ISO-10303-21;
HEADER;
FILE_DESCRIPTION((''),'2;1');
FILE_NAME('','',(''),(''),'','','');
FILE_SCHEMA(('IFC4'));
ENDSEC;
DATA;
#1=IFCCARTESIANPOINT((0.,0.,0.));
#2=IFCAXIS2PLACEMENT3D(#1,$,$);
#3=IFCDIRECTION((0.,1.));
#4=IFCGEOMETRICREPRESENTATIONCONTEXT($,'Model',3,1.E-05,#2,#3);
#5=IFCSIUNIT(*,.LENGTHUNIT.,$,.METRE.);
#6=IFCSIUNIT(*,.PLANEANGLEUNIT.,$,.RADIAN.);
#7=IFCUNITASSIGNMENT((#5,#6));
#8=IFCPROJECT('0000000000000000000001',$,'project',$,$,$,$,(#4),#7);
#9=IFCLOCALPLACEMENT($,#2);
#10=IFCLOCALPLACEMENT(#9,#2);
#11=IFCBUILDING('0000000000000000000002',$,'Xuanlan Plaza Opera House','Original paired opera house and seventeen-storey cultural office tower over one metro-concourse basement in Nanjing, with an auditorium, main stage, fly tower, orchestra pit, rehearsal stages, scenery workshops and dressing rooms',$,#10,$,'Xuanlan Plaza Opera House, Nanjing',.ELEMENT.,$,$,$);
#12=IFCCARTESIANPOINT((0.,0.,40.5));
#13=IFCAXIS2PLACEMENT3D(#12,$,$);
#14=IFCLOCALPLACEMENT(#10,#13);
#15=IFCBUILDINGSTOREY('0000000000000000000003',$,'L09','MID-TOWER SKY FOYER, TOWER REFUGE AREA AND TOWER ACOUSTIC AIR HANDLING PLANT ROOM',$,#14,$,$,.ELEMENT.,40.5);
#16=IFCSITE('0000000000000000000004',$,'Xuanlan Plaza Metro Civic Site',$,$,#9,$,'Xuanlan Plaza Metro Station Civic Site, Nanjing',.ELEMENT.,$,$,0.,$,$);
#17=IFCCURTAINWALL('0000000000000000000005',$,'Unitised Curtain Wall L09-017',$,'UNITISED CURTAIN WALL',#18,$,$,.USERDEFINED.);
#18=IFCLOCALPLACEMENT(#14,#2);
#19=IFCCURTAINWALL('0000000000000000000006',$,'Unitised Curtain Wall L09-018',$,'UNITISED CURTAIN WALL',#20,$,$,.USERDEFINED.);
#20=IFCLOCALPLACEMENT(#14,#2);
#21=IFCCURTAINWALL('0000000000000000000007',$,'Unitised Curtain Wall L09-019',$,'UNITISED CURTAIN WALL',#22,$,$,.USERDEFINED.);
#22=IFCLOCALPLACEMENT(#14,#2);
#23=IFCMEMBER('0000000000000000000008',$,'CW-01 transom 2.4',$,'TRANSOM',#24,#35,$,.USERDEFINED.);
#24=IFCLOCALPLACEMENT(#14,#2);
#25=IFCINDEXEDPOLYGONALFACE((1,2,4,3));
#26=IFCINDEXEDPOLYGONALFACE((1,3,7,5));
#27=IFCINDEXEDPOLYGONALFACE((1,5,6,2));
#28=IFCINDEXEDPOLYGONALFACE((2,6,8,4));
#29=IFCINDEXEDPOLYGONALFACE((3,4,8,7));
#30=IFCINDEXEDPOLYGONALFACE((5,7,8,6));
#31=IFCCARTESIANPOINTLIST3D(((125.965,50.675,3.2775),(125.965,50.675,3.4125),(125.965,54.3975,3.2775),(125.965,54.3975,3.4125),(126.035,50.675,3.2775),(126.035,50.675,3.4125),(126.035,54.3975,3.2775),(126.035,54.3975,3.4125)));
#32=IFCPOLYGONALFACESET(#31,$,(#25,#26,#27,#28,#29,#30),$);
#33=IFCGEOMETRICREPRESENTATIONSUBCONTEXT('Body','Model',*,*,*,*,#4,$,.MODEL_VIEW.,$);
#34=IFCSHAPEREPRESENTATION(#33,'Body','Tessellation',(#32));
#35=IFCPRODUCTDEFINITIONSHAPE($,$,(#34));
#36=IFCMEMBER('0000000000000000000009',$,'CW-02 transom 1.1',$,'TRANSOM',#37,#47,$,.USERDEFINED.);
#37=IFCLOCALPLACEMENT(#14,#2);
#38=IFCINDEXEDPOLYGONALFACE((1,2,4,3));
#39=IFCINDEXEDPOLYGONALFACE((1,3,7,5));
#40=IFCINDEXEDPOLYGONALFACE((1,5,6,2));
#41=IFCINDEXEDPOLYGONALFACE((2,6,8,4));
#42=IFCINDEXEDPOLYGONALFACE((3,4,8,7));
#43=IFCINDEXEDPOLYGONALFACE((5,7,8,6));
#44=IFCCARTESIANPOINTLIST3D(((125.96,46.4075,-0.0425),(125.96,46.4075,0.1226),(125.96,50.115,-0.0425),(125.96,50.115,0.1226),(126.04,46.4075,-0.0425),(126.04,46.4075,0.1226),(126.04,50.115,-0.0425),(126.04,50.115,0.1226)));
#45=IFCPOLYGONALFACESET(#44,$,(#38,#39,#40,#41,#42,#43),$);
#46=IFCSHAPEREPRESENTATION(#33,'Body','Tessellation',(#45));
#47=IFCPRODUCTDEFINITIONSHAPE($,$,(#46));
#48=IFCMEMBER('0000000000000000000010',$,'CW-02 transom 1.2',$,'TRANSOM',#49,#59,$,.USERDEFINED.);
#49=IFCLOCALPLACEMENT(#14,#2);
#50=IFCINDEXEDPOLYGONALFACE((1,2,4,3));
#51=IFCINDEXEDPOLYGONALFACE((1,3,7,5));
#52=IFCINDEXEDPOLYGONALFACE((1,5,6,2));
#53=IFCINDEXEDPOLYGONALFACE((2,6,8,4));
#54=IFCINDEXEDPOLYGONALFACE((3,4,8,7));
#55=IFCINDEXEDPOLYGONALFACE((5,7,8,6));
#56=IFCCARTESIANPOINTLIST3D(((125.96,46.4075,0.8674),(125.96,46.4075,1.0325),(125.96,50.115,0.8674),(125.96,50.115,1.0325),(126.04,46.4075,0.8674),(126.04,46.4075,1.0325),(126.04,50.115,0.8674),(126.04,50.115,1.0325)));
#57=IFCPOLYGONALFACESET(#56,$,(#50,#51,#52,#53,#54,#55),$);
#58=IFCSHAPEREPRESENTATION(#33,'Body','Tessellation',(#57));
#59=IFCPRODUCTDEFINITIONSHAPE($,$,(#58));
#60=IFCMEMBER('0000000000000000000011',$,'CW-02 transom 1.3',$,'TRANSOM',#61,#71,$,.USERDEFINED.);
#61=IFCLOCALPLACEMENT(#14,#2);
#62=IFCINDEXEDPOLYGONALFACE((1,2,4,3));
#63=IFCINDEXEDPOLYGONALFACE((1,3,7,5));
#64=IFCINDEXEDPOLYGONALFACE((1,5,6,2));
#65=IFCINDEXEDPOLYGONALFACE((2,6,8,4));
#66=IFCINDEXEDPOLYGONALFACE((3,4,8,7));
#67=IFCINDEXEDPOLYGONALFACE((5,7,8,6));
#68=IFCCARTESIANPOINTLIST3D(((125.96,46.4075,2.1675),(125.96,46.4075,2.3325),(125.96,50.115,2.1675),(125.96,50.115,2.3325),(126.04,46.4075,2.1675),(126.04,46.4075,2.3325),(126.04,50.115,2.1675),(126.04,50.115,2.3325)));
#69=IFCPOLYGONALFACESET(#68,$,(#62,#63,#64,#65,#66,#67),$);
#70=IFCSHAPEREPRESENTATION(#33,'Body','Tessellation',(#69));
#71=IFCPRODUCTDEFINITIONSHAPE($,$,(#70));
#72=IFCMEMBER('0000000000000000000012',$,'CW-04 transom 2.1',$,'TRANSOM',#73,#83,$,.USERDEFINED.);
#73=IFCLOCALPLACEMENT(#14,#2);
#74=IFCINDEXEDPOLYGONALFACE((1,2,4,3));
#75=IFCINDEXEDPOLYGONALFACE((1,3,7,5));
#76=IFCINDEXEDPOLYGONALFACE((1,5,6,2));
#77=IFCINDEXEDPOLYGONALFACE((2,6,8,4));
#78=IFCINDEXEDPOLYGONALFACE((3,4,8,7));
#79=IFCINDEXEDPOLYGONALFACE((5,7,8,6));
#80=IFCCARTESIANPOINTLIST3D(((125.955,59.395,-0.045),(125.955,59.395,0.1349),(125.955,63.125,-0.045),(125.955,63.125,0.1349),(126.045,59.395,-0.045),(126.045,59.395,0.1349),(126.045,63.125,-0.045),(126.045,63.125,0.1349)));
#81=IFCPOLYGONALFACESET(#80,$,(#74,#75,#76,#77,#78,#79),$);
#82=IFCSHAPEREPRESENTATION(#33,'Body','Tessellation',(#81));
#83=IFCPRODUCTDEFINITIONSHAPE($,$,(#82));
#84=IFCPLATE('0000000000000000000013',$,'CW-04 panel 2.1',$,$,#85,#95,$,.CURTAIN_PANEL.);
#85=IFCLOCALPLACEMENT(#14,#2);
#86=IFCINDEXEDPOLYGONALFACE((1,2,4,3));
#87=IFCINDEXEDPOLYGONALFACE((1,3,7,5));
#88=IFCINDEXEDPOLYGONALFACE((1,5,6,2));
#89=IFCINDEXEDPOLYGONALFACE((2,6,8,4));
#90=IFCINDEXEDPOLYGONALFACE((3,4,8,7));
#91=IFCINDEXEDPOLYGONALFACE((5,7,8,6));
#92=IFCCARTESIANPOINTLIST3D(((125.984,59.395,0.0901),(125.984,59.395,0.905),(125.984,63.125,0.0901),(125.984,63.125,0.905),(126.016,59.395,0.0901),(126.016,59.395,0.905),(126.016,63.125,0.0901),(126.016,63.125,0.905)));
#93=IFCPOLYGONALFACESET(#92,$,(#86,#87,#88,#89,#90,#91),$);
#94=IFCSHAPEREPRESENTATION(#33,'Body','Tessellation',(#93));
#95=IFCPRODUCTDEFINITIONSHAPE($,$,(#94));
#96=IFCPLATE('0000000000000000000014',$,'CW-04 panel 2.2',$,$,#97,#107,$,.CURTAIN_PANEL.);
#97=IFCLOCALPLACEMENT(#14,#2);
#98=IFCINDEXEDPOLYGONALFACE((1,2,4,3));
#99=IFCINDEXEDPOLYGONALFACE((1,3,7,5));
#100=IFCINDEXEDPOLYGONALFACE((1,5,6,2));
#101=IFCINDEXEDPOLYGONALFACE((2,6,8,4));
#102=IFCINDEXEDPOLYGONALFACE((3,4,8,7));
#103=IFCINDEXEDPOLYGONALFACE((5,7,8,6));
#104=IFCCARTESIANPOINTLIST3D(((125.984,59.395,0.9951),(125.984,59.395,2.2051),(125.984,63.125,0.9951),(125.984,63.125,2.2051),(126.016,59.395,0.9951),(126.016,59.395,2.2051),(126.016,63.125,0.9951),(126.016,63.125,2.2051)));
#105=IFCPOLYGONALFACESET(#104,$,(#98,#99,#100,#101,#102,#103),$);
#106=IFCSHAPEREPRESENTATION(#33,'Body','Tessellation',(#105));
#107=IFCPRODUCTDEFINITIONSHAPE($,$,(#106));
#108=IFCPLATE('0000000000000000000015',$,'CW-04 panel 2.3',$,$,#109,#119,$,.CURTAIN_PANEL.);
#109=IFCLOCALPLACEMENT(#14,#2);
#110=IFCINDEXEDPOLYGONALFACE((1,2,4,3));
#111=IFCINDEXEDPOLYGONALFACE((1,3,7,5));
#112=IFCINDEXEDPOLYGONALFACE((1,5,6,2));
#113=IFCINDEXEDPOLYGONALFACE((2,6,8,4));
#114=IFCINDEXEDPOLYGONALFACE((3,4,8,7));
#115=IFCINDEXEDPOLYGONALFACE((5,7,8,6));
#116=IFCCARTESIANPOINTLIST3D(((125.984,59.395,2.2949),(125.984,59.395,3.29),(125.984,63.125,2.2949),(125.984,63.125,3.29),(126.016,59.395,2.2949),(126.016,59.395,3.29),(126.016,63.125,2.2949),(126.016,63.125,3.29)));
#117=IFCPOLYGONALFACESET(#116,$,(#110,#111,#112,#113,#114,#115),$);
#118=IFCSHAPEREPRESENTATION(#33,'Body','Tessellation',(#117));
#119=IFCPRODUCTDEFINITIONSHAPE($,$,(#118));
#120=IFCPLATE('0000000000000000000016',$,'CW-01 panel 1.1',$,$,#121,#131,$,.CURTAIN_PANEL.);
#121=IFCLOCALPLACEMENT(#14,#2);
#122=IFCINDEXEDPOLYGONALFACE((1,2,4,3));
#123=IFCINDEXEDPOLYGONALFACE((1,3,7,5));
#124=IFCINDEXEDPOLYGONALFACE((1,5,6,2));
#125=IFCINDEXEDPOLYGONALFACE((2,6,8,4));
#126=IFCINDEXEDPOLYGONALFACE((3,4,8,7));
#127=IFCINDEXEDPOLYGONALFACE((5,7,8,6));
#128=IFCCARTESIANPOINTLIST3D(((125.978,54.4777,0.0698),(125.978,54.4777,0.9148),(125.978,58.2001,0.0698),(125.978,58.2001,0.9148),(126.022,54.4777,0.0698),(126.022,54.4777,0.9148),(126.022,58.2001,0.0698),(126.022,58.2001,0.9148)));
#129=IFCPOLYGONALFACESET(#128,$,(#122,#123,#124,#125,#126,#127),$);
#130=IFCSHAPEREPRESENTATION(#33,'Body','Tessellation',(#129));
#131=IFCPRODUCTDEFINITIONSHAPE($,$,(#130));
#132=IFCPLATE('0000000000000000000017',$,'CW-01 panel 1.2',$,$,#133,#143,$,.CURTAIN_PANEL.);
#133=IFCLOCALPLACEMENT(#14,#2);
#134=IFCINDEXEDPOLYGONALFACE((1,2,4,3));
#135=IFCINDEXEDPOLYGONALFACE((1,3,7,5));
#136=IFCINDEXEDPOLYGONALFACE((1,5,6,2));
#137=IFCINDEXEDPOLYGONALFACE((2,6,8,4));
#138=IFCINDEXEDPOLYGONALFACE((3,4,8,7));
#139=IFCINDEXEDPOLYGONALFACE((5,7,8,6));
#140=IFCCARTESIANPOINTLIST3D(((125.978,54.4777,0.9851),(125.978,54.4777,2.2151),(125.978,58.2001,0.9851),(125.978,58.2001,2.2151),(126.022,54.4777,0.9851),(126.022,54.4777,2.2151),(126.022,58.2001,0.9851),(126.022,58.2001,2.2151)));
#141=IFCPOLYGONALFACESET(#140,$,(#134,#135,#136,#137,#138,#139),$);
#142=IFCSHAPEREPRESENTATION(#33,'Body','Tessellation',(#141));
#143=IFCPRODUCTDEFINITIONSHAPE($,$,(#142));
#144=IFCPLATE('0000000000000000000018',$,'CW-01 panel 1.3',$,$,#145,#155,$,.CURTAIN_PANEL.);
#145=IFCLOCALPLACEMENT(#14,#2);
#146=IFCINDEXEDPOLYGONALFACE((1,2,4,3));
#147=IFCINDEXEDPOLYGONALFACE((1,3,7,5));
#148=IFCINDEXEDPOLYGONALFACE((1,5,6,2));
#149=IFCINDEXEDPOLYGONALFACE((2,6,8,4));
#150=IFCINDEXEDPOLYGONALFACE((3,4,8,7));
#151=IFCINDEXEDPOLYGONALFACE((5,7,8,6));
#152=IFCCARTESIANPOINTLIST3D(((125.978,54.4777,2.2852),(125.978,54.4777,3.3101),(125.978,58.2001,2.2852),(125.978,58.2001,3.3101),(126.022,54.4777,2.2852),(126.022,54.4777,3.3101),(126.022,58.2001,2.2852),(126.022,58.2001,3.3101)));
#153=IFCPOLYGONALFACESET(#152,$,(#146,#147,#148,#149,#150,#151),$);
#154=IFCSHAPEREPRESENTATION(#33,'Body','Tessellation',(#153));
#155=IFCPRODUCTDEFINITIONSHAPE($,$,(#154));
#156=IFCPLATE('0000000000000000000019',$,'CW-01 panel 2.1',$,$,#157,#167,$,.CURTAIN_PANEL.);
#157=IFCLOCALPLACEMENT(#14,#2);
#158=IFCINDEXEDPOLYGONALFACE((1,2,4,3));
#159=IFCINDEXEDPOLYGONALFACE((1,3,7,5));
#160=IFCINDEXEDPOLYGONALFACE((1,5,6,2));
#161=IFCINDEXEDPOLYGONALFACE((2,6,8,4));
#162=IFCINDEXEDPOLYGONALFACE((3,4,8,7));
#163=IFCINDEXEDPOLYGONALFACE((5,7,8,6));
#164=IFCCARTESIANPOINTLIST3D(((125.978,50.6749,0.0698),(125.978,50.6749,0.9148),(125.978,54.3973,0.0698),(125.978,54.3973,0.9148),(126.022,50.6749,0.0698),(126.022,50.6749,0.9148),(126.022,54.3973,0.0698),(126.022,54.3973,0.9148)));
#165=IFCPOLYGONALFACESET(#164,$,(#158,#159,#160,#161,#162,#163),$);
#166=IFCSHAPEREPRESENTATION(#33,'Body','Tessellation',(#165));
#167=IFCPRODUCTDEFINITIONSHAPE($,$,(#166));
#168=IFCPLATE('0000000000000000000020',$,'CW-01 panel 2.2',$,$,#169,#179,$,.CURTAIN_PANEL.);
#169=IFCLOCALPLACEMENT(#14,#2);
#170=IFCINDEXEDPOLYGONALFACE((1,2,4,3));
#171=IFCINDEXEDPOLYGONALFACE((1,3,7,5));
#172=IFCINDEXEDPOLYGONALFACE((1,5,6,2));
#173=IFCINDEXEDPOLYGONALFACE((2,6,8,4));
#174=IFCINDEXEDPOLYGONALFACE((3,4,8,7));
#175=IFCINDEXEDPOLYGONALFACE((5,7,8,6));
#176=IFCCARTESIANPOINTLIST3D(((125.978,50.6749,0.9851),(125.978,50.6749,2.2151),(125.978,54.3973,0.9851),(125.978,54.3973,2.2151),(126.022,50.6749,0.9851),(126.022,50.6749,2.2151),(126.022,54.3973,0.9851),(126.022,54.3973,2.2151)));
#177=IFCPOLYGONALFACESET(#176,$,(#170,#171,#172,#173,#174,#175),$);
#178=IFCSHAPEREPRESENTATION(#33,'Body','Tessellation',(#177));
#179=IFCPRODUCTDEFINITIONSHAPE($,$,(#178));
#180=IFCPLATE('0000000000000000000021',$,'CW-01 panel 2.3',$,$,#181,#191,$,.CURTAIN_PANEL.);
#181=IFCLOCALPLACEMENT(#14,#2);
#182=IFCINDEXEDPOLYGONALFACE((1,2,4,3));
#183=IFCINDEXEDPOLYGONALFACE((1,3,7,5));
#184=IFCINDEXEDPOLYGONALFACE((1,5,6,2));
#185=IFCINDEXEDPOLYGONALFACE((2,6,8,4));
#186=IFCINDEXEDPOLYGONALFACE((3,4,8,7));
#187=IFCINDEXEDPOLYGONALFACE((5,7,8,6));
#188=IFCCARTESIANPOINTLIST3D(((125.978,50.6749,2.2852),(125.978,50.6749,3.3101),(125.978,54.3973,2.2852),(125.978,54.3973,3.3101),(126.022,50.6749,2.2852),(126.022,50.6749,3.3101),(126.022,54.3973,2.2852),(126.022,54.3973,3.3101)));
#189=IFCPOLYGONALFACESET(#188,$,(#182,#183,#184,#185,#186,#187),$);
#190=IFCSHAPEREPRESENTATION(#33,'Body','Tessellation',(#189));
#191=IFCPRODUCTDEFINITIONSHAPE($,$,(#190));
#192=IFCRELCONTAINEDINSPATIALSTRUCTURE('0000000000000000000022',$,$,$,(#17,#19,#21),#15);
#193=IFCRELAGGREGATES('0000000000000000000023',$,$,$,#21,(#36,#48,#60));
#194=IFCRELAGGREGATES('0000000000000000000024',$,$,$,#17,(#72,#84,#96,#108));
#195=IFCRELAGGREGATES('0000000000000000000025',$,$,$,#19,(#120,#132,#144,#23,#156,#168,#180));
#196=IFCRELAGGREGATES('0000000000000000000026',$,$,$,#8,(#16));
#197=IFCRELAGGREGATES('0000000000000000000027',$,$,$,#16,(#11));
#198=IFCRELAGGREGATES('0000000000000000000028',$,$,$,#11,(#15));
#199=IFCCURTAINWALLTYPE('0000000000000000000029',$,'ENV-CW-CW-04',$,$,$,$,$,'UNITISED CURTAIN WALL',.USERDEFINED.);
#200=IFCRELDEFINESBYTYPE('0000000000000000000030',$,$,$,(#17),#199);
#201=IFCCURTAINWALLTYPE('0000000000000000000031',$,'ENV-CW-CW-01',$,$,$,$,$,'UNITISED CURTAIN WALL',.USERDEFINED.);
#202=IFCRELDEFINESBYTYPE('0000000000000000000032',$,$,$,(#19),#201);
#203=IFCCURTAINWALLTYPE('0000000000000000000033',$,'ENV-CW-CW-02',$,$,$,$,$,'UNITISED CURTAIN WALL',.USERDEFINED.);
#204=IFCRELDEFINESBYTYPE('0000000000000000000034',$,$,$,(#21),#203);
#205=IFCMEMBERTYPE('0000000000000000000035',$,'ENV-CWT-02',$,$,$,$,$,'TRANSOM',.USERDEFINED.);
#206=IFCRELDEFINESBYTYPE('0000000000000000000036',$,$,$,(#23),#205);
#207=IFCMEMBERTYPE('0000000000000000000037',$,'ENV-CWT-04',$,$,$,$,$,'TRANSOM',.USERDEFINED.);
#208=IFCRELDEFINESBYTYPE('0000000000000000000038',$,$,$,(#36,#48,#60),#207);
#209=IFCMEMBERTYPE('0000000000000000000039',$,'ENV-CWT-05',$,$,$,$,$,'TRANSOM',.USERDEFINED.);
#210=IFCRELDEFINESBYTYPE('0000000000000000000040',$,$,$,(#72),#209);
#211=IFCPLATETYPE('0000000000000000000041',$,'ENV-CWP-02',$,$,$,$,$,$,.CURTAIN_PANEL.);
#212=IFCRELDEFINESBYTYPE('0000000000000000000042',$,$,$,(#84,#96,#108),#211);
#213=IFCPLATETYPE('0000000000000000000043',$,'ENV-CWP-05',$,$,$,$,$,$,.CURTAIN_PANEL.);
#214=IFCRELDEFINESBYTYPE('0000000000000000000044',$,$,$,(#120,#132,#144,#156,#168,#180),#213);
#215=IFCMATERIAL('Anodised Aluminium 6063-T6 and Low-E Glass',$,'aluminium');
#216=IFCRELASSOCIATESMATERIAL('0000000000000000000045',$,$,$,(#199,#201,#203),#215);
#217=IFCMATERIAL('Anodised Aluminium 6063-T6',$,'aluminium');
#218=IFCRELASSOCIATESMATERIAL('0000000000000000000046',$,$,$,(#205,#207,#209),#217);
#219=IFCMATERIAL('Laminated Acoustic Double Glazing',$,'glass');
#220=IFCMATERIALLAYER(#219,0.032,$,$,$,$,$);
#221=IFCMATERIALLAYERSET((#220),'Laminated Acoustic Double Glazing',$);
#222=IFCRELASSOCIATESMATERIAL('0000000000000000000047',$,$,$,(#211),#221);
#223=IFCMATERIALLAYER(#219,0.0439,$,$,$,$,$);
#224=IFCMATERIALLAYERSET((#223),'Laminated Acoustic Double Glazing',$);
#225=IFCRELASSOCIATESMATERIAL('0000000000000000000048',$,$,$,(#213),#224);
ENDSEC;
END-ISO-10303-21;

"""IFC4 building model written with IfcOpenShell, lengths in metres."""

from ifc_helpers import new_model, si_unit, direction, frame, origin, origin_2d, place, context, subcontext, project, spatial, rectangle, extrude, material, layer, layer_set, material_profile, profile_set, type_object, element, aggregate, save


model = new_model("IFC4")

# Units and contexts
model_context = context("Model", 3, precision=1e-05, world=origin(), true_north=direction((0.0, 1.0)))
body_context = subcontext(model_context, "Body", "Model", "MODEL_VIEW")
ifc_project = project(units=[si_unit("LENGTHUNIT", "METRE"), si_unit("PLANEANGLEUNIT", "RADIAN")], contexts=[model_context])

# Site, building, storey
site_placement = place(None, origin())
site = spatial("IfcSite", under=ifc_project, at=site_placement, Name="Xuanlan Plaza Metro Civic Site", LongName="Xuanlan Plaza Metro Station Civic Site, Nanjing", CompositionType="ELEMENT", RefElevation=0.0)
building_placement = place(site_placement, origin())
building = spatial("IfcBuilding", under=site, at=building_placement, Name="Xuanlan Plaza Opera House", Description="Original paired opera house and seventeen-storey cultural office tower over one metro-concourse basement in Nanjing, with an auditorium, main stage, fly tower, orchestra pit, rehearsal stages, scenery workshops and dressing rooms", LongName="Xuanlan Plaza Opera House, Nanjing", CompositionType="ELEMENT")
storey_placement = place(building_placement, frame((0.0, 0.0, 40.5)))
storey = spatial("IfcBuildingStorey", under=building, at=storey_placement, Name="L09", Description="MID-TOWER SKY FOYER, TOWER REFUGE AREA AND TOWER ACOUSTIC AIR HANDLING PLANT ROOM", CompositionType="ELEMENT", Elevation=40.5)

# Curtain wall
ifc_material_1 = material(Name="Anodised Aluminium 6063-T6 and Low-E Glass", Category="aluminium")
curtain_wall_type_1 = type_object("IfcCurtainWallType", Name="ENV-CW-CW-04", ElementType="UNITISED CURTAIN WALL", PredefinedType="USERDEFINED", material=ifc_material_1)
curtain_wall_1_placement = place(storey_placement, origin())
curtain_wall_1 = element("IfcCurtainWall", 1, at=curtain_wall_1_placement, inside=storey, type_object=curtain_wall_type_1, Name="Unitised Curtain Wall L09-017", ObjectType="UNITISED CURTAIN WALL", PredefinedType="USERDEFINED")
ifc_material_2 = material(Name="Anodised Aluminium 6063-T6", Category="aluminium")

# Curtain walls
curtain_wall_type_2 = type_object("IfcCurtainWallType", Name="ENV-CW-CW-01", ElementType="UNITISED CURTAIN WALL", PredefinedType="USERDEFINED", material=ifc_material_1)
curtain_wall_2_placement = place(storey_placement, origin())
curtain_wall_2 = element("IfcCurtainWall", 2, at=curtain_wall_2_placement, inside=storey, type_object=curtain_wall_type_2, Name="Unitised Curtain Wall L09-018", ObjectType="UNITISED CURTAIN WALL", PredefinedType="USERDEFINED")
curtain_wall_type_3 = type_object("IfcCurtainWallType", Name="ENV-CW-CW-02", ElementType="UNITISED CURTAIN WALL", PredefinedType="USERDEFINED", material=ifc_material_1)
curtain_wall_3_placement = place(storey_placement, origin())
curtain_wall_3 = element("IfcCurtainWall", 3, at=curtain_wall_3_placement, inside=storey, type_object=curtain_wall_type_3, Name="Unitised Curtain Wall L09-019", ObjectType="UNITISED CURTAIN WALL", PredefinedType="USERDEFINED")

# Members
ifc_material_profile_1 = material_profile(ifc_material_2, rectangle(XDim=0.0701, YDim=0.135, at=origin_2d()), Name="ALU-T 70x135")
ifc_profile_set_1 = profile_set([ifc_material_profile_1], Name="Anodised Aluminium 6063-T6")
member_type_1 = type_object("IfcMemberType", Name="ENV-CWT-02", ElementType="TRANSOM", PredefinedType="USERDEFINED", material=ifc_profile_set_1)
member_1_placement = place(storey_placement, frame((126.0, 54.3975, 3.345), z_axis=(0.0, -1.0, 0.0), x_axis=(1.0, 0.0, 0.0)))
member_1 = element("IfcMember", 4, at=member_1_placement, type_object=member_type_1, Name="CW-01 transom 2.4", ObjectType="TRANSOM", PredefinedType="USERDEFINED", context=body_context, shape_type="SweptSolid", body=[
    extrude(rectangle(XDim=0.0701, YDim=0.135, at=origin_2d()), origin(), (0.0, 0.0, 1.0), 3.7224),
])
ifc_material_profile_2 = material_profile(ifc_material_2, rectangle(XDim=0.0801, YDim=0.165, at=origin_2d()), Name="ALU-T 80x165")
ifc_profile_set_2 = profile_set([ifc_material_profile_2], Name="Anodised Aluminium 6063-T6")
member_type_2 = type_object("IfcMemberType", Name="ENV-CWT-04", ElementType="TRANSOM", PredefinedType="USERDEFINED", material=ifc_profile_set_2)
member_2_placement = place(storey_placement, frame((126.0, 50.115, 0.04), z_axis=(0.0, -1.0, 0.0), x_axis=(1.0, 0.0, 0.0)))
member_2 = element("IfcMember", 5, at=member_2_placement, type_object=member_type_2, Name="CW-02 transom 1.1", ObjectType="TRANSOM", PredefinedType="USERDEFINED", context=body_context, shape_type="SweptSolid", body=[
    extrude(rectangle(XDim=0.0801, YDim=0.165, at=origin_2d()), origin(), (0.0, 0.0, 1.0), 3.7075),
])
member_3_placement = place(storey_placement, frame((126.0, 50.115, 0.95), z_axis=(0.0, -1.0, 0.0), x_axis=(1.0, 0.0, 0.0)))
member_3 = element("IfcMember", 6, at=member_3_placement, type_object=member_type_2, Name="CW-02 transom 1.2", ObjectType="TRANSOM", PredefinedType="USERDEFINED", context=body_context, shape_type="SweptSolid", body=[
    extrude(rectangle(XDim=0.0801, YDim=0.165, at=origin_2d()), origin(), (0.0, 0.0, 1.0), 3.7075),
])
member_4_placement = place(storey_placement, frame((126.0, 50.115, 2.25), z_axis=(0.0, -1.0, 0.0), x_axis=(1.0, 0.0, 0.0)))
member_4 = element("IfcMember", 7, at=member_4_placement, type_object=member_type_2, Name="CW-02 transom 1.3", ObjectType="TRANSOM", PredefinedType="USERDEFINED", context=body_context, shape_type="SweptSolid", body=[
    extrude(rectangle(XDim=0.0801, YDim=0.165, at=origin_2d()), origin(), (0.0, 0.0, 1.0), 3.7075),
])
aggregate(curtain_wall_3, [member_2, member_3, member_4])
ifc_material_profile_3 = material_profile(ifc_material_2, rectangle(XDim=0.0901, YDim=0.1799, at=origin_2d()), Name="ALU-T 90x180")
ifc_profile_set_3 = profile_set([ifc_material_profile_3], Name="Anodised Aluminium 6063-T6")
member_type_3 = type_object("IfcMemberType", Name="ENV-CWT-05", ElementType="TRANSOM", PredefinedType="USERDEFINED", material=ifc_profile_set_3)
member_5_placement = place(storey_placement, frame((126.0, 63.125, 0.0449), z_axis=(0.0, -1.0, 0.0), x_axis=(1.0, 0.0, 0.0)))
member_5 = element("IfcMember", 8, at=member_5_placement, type_object=member_type_3, Name="CW-04 transom 2.1", ObjectType="TRANSOM", PredefinedType="USERDEFINED", context=body_context, shape_type="SweptSolid", body=[
    extrude(rectangle(XDim=0.0901, YDim=0.1799, at=origin_2d()), origin(), (0.0, 0.0, 1.0), 3.73),
])

# Plates
ifc_material_3 = material(Name="Laminated Acoustic Double Glazing", Category="glass")
ifc_layer_1 = layer(ifc_material_3, 0.032)
ifc_layer_set_1 = layer_set([ifc_layer_1], Name="Laminated Acoustic Double Glazing")
plate_type_1 = type_object("IfcPlateType", Name="ENV-CWP-02", PredefinedType="CURTAIN_PANEL", material=ifc_layer_set_1)
plate_1_placement = place(storey_placement, frame((126.0, 61.26, 0.0901), z_axis=(0.0, 0.0, 1.0), x_axis=(0.0, -1.0, 0.0)))
plate_1 = element("IfcPlate", 9, at=plate_1_placement, type_object=plate_type_1, Name="CW-04 panel 2.1", PredefinedType="CURTAIN_PANEL", context=body_context, shape_type="SweptSolid", body=[
    extrude(rectangle(XDim=3.73, YDim=0.032, at=origin_2d()), origin(), (0.0, 0.0, 1.0), 0.8149),
])
plate_2_placement = place(storey_placement, frame((126.0, 61.26, 0.9951), z_axis=(0.0, 0.0, 1.0), x_axis=(0.0, -1.0, 0.0)))
plate_2 = element("IfcPlate", 10, at=plate_2_placement, type_object=plate_type_1, Name="CW-04 panel 2.2", PredefinedType="CURTAIN_PANEL", context=body_context, shape_type="SweptSolid", body=[
    extrude(rectangle(XDim=3.73, YDim=0.032, at=origin_2d()), origin(), (0.0, 0.0, 1.0), 1.21),
])
plate_3_placement = place(storey_placement, frame((126.0, 61.26, 2.2949), z_axis=(0.0, 0.0, 1.0), x_axis=(0.0, -1.0, 0.0)))
plate_3 = element("IfcPlate", 11, at=plate_3_placement, type_object=plate_type_1, Name="CW-04 panel 2.3", PredefinedType="CURTAIN_PANEL", context=body_context, shape_type="SweptSolid", body=[
    extrude(rectangle(XDim=3.73, YDim=0.032, at=origin_2d()), origin(), (0.0, 0.0, 1.0), 0.9951),
])
aggregate(curtain_wall_1, [member_5, plate_1, plate_2, plate_3])
ifc_layer_2 = layer(ifc_material_3, 0.0439)
ifc_layer_set_2 = layer_set([ifc_layer_2], Name="Laminated Acoustic Double Glazing")
plate_type_2 = type_object("IfcPlateType", Name="ENV-CWP-05", PredefinedType="CURTAIN_PANEL", material=ifc_layer_set_2)
plate_4_placement = place(storey_placement, frame((126.0, 56.3389, 0.0698), z_axis=(0.0, 0.0, 1.0), x_axis=(0.0, -1.0, 0.0)))
plate_4 = element("IfcPlate", 12, at=plate_4_placement, type_object=plate_type_2, Name="CW-01 panel 1.1", PredefinedType="CURTAIN_PANEL", context=body_context, shape_type="SweptSolid", body=[
    extrude(rectangle(XDim=3.7224, YDim=0.0439, at=origin_2d()), origin(), (0.0, 0.0, 1.0), 0.845),
])
plate_5_placement = place(storey_placement, frame((126.0, 56.3389, 0.9851), z_axis=(0.0, 0.0, 1.0), x_axis=(0.0, -1.0, 0.0)))
plate_5 = element("IfcPlate", 13, at=plate_5_placement, type_object=plate_type_2, Name="CW-01 panel 1.2", PredefinedType="CURTAIN_PANEL", context=body_context, shape_type="SweptSolid", body=[
    extrude(rectangle(XDim=3.7224, YDim=0.0439, at=origin_2d()), origin(), (0.0, 0.0, 1.0), 1.23),
])
plate_6_placement = place(storey_placement, frame((126.0, 56.3389, 2.2852), z_axis=(0.0, 0.0, 1.0), x_axis=(0.0, -1.0, 0.0)))
plate_6 = element("IfcPlate", 14, at=plate_6_placement, type_object=plate_type_2, Name="CW-01 panel 1.3", PredefinedType="CURTAIN_PANEL", context=body_context, shape_type="SweptSolid", body=[
    extrude(rectangle(XDim=3.7224, YDim=0.0439, at=origin_2d()), origin(), (0.0, 0.0, 1.0), 1.0249),
])
plate_7_placement = place(storey_placement, frame((126.0, 52.5361, 0.0698), z_axis=(0.0, 0.0, 1.0), x_axis=(0.0, -1.0, 0.0)))
plate_7 = element("IfcPlate", 15, at=plate_7_placement, type_object=plate_type_2, Name="CW-01 panel 2.1", PredefinedType="CURTAIN_PANEL", context=body_context, shape_type="SweptSolid", body=[
    extrude(rectangle(XDim=3.7224, YDim=0.0439, at=origin_2d()), origin(), (0.0, 0.0, 1.0), 0.845),
])
plate_8_placement = place(storey_placement, frame((126.0, 52.5361, 0.9851), z_axis=(0.0, 0.0, 1.0), x_axis=(0.0, -1.0, 0.0)))
plate_8 = element("IfcPlate", 16, at=plate_8_placement, type_object=plate_type_2, Name="CW-01 panel 2.2", PredefinedType="CURTAIN_PANEL", context=body_context, shape_type="SweptSolid", body=[
    extrude(rectangle(XDim=3.7224, YDim=0.0439, at=origin_2d()), origin(), (0.0, 0.0, 1.0), 1.23),
])
plate_9_placement = place(storey_placement, frame((126.0, 52.5361, 2.2852), z_axis=(0.0, 0.0, 1.0), x_axis=(0.0, -1.0, 0.0)))
plate_9 = element("IfcPlate", 17, at=plate_9_placement, type_object=plate_type_2, Name="CW-01 panel 2.3", PredefinedType="CURTAIN_PANEL", context=body_context, shape_type="SweptSolid", body=[
    extrude(rectangle(XDim=3.7224, YDim=0.0439, at=origin_2d()), origin(), (0.0, 0.0, 1.0), 1.0249),
])
aggregate(curtain_wall_2, [plate_4, plate_5, plate_6, member_1, plate_7, plate_8, plate_9])

save(model, "model.ifc")
